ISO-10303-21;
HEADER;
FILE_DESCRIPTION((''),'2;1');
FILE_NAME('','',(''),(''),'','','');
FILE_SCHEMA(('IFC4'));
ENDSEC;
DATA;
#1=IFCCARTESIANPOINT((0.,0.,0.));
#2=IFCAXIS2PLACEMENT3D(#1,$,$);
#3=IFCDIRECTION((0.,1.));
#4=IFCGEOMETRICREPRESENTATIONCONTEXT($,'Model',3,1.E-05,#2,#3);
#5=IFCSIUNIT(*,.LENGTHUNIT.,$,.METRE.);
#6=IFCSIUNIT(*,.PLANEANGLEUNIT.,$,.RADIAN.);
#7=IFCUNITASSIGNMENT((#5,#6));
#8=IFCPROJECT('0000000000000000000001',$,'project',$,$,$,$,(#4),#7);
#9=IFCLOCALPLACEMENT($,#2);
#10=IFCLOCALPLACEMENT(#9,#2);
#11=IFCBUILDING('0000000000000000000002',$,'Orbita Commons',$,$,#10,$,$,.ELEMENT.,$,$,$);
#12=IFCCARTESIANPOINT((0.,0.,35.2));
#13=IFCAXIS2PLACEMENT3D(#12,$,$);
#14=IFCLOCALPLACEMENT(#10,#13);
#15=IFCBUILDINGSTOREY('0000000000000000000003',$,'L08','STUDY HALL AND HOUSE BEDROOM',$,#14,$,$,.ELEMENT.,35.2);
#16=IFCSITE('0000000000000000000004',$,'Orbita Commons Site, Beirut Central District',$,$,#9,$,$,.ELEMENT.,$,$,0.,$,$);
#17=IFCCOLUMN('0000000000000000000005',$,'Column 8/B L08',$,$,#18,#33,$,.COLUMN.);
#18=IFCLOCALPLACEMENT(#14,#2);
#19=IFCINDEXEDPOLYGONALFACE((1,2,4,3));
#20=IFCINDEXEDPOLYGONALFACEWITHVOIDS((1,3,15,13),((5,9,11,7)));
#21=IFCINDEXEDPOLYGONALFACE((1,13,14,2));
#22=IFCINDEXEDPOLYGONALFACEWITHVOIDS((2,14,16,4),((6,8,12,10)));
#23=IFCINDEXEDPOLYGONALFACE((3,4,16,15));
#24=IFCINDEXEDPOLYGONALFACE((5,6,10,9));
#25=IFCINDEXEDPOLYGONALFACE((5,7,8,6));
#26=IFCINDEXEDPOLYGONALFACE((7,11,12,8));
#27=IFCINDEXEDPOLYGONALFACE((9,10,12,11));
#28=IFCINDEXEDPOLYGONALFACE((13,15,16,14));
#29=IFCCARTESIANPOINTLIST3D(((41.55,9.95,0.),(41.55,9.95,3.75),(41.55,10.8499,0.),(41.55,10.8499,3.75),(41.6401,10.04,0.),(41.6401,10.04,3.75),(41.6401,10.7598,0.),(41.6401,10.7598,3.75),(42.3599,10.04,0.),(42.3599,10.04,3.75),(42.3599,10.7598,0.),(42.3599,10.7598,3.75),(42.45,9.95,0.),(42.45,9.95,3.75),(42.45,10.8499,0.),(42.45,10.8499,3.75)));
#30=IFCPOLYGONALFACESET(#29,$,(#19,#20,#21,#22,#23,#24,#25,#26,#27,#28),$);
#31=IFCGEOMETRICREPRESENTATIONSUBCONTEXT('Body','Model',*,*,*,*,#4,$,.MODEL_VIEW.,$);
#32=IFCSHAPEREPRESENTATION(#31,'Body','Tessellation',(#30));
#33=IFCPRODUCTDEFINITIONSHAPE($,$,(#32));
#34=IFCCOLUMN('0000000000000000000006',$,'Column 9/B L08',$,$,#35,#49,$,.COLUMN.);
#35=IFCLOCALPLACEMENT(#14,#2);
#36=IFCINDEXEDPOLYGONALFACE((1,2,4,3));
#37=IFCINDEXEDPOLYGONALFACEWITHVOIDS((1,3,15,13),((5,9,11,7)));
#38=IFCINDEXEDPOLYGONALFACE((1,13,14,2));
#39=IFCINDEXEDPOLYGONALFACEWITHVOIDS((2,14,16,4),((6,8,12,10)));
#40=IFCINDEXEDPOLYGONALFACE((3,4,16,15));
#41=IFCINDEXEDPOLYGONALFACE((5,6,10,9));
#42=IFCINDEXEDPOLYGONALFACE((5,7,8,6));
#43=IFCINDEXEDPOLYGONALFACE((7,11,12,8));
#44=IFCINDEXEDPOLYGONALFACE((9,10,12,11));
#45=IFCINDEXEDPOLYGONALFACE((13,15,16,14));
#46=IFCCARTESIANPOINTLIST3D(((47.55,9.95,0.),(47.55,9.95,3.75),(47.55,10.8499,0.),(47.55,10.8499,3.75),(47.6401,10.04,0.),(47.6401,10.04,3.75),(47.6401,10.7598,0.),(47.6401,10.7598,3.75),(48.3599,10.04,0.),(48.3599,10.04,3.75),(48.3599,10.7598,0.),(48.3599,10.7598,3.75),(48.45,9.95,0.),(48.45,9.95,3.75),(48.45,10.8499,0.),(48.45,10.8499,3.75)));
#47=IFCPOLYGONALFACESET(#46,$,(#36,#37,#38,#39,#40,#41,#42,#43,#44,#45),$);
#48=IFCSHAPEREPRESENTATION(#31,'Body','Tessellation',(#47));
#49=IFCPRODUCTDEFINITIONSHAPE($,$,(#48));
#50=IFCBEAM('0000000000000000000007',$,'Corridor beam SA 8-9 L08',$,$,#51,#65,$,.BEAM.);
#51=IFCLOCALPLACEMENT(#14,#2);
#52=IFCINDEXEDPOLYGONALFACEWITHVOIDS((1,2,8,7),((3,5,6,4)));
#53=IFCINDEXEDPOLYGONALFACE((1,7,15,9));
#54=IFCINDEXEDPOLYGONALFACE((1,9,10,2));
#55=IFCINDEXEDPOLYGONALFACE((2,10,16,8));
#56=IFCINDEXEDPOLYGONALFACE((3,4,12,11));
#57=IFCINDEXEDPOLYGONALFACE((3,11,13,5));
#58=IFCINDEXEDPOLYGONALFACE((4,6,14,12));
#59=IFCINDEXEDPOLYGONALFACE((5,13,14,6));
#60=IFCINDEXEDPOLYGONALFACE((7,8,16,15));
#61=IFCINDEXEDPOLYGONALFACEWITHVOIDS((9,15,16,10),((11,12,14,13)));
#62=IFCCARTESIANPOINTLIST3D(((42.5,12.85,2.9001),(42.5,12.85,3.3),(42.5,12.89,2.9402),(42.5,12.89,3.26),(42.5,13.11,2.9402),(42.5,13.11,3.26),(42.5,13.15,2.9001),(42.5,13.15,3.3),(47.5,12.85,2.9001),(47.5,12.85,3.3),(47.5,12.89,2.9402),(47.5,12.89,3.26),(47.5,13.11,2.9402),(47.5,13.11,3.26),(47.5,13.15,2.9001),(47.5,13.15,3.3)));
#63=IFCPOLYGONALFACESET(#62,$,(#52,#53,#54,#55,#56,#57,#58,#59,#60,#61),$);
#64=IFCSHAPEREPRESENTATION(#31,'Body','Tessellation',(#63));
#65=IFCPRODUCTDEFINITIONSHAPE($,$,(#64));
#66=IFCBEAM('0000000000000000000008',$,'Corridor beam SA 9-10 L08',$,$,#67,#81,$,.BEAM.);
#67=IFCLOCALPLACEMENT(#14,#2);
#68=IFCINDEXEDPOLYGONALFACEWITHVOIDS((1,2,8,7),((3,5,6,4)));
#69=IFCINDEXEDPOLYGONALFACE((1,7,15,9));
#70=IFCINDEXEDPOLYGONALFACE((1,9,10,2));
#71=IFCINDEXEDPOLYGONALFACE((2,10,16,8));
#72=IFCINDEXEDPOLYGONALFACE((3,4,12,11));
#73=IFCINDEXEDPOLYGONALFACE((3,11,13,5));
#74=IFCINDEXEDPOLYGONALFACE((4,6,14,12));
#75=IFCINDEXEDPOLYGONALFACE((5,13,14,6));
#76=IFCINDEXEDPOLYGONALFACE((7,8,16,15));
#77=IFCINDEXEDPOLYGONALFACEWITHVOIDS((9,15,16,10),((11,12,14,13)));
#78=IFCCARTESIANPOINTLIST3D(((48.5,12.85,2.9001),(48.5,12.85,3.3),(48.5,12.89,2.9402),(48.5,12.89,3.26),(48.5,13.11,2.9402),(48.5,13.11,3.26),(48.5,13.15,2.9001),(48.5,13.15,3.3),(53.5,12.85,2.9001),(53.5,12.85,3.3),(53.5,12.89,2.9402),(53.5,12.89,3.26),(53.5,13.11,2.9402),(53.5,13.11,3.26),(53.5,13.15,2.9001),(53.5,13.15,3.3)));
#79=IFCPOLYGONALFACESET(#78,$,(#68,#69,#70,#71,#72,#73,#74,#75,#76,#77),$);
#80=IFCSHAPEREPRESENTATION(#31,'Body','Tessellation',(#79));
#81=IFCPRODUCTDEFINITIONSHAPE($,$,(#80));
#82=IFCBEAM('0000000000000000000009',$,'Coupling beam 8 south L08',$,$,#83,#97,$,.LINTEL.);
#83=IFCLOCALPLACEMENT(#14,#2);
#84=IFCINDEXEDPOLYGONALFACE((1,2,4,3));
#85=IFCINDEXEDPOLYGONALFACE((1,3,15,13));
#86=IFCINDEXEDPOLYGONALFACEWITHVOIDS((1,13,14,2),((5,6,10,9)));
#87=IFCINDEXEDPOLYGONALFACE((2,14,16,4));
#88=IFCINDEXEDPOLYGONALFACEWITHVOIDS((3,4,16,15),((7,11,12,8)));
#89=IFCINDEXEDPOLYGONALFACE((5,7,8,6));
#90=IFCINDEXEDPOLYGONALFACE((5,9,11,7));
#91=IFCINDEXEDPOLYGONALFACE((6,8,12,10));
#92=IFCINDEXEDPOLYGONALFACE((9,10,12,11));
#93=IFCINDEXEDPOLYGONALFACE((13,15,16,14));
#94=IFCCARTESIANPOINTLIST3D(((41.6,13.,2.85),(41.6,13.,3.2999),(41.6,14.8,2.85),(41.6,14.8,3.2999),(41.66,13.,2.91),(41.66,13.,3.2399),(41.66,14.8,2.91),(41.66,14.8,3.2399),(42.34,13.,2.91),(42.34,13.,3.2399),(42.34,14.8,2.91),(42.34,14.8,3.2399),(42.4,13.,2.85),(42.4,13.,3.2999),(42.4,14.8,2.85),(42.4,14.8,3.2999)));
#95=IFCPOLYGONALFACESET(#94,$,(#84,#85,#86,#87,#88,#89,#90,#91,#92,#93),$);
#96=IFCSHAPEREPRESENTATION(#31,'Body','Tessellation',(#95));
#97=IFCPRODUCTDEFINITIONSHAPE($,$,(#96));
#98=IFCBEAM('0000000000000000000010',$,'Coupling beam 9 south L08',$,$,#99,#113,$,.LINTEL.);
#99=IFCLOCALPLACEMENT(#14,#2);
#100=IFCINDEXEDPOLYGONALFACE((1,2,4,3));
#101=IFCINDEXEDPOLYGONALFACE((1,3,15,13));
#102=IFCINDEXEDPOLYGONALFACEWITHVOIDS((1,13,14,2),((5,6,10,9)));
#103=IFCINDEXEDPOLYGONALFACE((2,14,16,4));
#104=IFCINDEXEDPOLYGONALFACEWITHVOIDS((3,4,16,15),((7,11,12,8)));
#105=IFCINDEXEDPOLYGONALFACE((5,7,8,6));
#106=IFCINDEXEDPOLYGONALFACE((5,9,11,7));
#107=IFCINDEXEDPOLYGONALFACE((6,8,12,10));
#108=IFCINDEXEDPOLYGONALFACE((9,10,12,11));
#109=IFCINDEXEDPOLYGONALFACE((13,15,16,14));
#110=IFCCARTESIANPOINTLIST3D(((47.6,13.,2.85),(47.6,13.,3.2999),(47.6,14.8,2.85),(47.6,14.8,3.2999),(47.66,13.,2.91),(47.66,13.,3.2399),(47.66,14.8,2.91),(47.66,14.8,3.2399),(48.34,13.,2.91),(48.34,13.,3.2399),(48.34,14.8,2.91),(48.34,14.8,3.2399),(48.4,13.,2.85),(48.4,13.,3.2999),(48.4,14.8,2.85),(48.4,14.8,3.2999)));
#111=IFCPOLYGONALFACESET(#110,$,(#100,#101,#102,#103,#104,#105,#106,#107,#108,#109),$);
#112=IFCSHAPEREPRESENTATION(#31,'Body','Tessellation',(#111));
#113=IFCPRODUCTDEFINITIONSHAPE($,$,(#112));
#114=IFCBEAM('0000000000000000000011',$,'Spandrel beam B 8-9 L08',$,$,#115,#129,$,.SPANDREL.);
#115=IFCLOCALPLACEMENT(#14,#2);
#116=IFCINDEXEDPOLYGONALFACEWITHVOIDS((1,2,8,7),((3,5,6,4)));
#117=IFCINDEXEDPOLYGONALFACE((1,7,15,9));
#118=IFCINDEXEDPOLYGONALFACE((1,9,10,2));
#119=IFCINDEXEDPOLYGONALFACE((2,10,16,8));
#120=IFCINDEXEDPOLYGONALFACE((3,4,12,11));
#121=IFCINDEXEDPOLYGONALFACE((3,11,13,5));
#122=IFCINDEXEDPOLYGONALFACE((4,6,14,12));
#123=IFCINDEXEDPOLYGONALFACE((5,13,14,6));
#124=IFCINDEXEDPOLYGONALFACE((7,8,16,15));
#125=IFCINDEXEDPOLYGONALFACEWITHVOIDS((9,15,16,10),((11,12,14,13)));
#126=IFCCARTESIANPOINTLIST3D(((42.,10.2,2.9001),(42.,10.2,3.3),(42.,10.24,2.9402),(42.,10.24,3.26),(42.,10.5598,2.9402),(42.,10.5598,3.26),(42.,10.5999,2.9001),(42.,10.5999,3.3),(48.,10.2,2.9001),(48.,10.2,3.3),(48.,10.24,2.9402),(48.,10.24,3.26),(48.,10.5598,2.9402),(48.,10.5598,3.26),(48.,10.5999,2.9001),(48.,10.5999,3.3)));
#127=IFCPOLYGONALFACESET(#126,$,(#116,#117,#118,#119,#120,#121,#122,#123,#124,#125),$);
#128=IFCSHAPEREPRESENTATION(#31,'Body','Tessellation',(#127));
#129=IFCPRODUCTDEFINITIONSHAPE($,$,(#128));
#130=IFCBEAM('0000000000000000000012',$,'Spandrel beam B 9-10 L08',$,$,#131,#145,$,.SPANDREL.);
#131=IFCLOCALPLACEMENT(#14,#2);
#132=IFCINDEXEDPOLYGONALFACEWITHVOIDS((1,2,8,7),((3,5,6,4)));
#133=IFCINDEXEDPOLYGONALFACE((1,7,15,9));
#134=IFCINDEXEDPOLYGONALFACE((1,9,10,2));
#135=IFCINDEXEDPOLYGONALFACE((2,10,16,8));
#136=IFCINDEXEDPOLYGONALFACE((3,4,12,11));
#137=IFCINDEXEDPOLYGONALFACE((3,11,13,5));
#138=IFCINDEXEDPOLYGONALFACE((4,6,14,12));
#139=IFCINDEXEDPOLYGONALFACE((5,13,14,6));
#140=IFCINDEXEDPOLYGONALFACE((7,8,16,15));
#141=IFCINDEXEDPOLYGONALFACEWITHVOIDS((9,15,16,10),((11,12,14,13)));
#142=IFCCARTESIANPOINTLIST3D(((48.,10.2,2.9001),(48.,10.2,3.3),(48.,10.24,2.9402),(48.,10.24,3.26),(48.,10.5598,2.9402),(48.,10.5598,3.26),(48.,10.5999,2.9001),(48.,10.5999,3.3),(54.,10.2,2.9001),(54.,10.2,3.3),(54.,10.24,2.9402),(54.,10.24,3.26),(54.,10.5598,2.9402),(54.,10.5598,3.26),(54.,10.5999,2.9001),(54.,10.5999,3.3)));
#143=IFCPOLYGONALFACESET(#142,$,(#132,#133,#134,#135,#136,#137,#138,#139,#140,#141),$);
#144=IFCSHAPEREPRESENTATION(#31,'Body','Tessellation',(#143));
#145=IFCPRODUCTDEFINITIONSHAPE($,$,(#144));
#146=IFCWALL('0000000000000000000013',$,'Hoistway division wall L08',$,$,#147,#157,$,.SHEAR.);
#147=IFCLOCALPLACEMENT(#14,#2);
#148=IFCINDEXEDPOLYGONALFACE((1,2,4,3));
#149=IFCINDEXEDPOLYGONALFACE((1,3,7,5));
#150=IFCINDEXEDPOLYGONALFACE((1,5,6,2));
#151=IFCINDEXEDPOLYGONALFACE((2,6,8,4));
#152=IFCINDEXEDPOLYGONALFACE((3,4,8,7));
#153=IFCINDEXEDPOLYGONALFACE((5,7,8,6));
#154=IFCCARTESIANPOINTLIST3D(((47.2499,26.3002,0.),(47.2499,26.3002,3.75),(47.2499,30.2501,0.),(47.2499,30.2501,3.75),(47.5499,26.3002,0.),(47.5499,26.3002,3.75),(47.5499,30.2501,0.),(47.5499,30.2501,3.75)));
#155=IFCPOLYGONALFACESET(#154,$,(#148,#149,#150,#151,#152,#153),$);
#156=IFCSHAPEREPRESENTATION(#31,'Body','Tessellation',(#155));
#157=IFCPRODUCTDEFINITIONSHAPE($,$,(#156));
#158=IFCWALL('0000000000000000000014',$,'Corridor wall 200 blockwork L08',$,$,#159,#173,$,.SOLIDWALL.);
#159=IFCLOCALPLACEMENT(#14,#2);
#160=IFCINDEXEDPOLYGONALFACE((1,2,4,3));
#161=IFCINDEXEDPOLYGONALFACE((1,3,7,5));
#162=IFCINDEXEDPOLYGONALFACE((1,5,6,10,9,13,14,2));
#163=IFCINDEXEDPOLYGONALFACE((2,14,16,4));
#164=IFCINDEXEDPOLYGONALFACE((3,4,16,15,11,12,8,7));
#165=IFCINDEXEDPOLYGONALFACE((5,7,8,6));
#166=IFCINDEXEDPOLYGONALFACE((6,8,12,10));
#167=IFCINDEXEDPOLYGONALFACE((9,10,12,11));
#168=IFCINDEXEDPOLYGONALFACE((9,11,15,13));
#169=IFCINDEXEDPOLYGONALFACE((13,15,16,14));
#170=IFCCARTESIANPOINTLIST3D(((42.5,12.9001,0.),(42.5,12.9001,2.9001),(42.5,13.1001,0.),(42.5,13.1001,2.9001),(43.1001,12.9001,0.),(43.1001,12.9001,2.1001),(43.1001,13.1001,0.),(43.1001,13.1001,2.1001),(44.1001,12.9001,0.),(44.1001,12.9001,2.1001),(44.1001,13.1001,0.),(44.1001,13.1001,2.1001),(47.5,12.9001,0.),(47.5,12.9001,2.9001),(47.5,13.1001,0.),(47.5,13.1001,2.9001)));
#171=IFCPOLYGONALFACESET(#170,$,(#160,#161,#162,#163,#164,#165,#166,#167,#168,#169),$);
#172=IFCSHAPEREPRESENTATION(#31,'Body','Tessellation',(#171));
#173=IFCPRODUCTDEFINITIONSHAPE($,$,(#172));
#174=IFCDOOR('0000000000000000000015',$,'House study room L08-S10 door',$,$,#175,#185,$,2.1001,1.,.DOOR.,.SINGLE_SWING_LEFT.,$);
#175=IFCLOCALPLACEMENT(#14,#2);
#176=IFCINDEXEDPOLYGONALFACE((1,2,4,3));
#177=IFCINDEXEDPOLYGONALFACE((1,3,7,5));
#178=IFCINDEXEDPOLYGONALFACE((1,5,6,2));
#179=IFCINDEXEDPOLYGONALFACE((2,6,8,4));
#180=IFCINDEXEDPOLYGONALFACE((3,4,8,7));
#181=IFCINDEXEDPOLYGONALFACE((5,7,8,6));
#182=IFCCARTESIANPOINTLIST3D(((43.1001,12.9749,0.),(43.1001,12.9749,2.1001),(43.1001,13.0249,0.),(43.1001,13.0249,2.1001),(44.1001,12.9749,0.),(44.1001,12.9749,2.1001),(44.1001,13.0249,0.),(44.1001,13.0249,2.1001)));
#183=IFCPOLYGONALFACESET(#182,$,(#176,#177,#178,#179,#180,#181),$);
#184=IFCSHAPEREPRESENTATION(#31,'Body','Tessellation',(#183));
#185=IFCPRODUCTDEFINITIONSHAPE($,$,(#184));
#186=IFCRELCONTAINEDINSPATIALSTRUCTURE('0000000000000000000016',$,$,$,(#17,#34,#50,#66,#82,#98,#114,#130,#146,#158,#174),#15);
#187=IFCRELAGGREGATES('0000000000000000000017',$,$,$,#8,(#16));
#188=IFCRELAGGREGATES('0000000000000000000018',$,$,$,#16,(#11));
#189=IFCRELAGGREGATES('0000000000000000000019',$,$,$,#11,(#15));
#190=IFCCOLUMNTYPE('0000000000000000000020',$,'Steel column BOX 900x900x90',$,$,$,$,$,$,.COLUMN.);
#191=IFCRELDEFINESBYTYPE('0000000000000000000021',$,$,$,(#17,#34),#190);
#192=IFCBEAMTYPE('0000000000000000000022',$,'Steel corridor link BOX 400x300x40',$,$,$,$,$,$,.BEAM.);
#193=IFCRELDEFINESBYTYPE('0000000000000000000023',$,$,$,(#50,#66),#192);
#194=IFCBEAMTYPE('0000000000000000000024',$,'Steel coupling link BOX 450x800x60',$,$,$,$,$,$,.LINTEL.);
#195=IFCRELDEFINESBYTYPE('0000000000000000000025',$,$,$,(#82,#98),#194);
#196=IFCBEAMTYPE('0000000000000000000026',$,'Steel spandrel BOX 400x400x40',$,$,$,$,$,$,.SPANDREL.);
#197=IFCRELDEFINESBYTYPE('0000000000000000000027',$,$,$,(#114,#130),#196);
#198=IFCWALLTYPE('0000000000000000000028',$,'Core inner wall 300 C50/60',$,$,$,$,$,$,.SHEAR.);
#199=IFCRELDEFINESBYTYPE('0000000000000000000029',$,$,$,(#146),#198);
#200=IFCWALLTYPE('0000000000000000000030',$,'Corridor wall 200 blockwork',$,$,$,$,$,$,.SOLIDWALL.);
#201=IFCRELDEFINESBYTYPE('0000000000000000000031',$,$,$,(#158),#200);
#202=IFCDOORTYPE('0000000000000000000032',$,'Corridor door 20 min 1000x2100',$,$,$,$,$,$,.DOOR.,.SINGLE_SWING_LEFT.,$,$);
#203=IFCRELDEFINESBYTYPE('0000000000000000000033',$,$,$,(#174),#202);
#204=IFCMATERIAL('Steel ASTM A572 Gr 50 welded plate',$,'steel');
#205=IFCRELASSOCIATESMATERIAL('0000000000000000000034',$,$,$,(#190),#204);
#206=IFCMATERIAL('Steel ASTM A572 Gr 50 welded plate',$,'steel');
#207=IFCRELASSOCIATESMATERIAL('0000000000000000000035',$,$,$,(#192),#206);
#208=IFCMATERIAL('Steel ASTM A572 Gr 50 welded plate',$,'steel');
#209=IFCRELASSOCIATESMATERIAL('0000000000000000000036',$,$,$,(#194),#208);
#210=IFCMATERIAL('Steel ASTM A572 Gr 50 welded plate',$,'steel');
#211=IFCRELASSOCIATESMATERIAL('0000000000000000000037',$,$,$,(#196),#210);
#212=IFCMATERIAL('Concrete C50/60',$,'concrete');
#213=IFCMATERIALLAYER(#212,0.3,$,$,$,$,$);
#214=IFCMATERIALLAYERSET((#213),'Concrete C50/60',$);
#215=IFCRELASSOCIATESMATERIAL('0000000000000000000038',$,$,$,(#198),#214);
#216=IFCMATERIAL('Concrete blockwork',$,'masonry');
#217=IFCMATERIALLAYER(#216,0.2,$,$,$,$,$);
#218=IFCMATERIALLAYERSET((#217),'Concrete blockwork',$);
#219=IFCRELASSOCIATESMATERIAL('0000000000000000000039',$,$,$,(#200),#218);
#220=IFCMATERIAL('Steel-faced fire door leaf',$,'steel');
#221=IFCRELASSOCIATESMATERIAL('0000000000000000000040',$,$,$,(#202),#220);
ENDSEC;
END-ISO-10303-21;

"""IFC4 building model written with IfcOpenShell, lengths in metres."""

from ifc_helpers import new_model, si_unit, direction, frame, frame_2d, origin, origin_2d, place, context, subcontext, project, spatial, polyline, rectangle, hollow_rectangle, outline, extrude, material, layer, layer_set, material_profile, profile_set, type_object, element, fill, save


model = new_model("IFC4")

# Units and contexts
model_context = context("Model", 3, precision=1e-05, world=origin(), true_north=direction((0.0, 1.0)))
body_context = subcontext(model_context, "Body", "Model", "MODEL_VIEW")
ifc_project = project(units=[si_unit("LENGTHUNIT", "METRE"), si_unit("PLANEANGLEUNIT", "RADIAN")], contexts=[model_context])

# Site, building, storey
site_placement = place(None, origin())
site = spatial("IfcSite", under=ifc_project, at=site_placement, Name="Orbita Commons Site, Beirut Central District", CompositionType="ELEMENT", RefElevation=0.0)
building_placement = place(site_placement, origin())
building = spatial("IfcBuilding", under=site, at=building_placement, Name="Orbita Commons", CompositionType="ELEMENT")
storey_placement = place(building_placement, frame((0.0, 0.0, 35.2)))
storey = spatial("IfcBuildingStorey", under=building, at=storey_placement, Name="L08", Description="STUDY HALL AND HOUSE BEDROOM", CompositionType="ELEMENT", Elevation=35.2)

# Columns
ifc_material_1 = material(Name="Steel ASTM A572 Gr 50 welded plate", Category="steel")
ifc_material_profile_1 = material_profile(ifc_material_1, hollow_rectangle(XDim=0.8999, YDim=0.8999, WallThickness=0.0901, at=origin_2d()), Name="BOX 900x900x90")
ifc_profile_set_1 = profile_set([ifc_material_profile_1], Name="Steel ASTM A572 Gr 50 welded plate")
column_type = type_object("IfcColumnType", Name="Steel column BOX 900x900x90", PredefinedType="COLUMN", material=ifc_profile_set_1)
for number, where, z_axis, x_axis, name in (
    (1, (42.0, 10.3999, 0.0), (0.0, 0.0, 1.0), (1.0, 0.0, 0.0), "Column 8/B L08"),
    (2, (48.0, 10.3999, 0.0), (0.0, 0.0, 1.0), (1.0, 0.0, 0.0), "Column 9/B L08"),
):
    element("IfcColumn", number, at=place(storey_placement, frame(where, z_axis=z_axis, x_axis=x_axis)), inside=storey, type_object=column_type, Name=name, PredefinedType="COLUMN", context=body_context, shape_type="SweptSolid", body=[
        extrude(hollow_rectangle(XDim=0.8999, YDim=0.8999, WallThickness=0.0901, at=origin_2d()), origin(), (0.0, 0.0, 1.0), 3.75),
    ])

# Beams
ifc_material_2 = material(Name="Steel ASTM A572 Gr 50 welded plate", Category="steel")
ifc_material_profile_2 = material_profile(ifc_material_2, hollow_rectangle(XDim=0.3, YDim=0.3999, WallThickness=0.04, at=origin_2d()), Name="BOX 400x300x40")
ifc_profile_set_2 = profile_set([ifc_material_profile_2], Name="Steel ASTM A572 Gr 50 welded plate")
beam_type_1 = type_object("IfcBeamType", Name="Steel corridor link BOX 400x300x40", PredefinedType="BEAM", material=ifc_profile_set_2)
for number, where, z_axis, x_axis, name in (
    (3, (42.5, 13.0, 3.1001), (1.0, 0.0, 0.0), (0.0, 1.0, 0.0), "Corridor beam SA 8-9 L08"),
    (4, (48.5, 13.0, 3.1001), (1.0, 0.0, 0.0), (0.0, 1.0, 0.0), "Corridor beam SA 9-10 L08"),
):
    element("IfcBeam", number, at=place(storey_placement, frame(where, z_axis=z_axis, x_axis=x_axis)), inside=storey, type_object=beam_type_1, Name=name, PredefinedType="BEAM", context=body_context, shape_type="SweptSolid", body=[
        extrude(hollow_rectangle(XDim=0.3, YDim=0.3999, WallThickness=0.04, at=origin_2d()), origin(), (0.0, 0.0, 1.0), 5.0),
    ])
ifc_material_3 = material(Name="Steel ASTM A572 Gr 50 welded plate", Category="steel")
ifc_material_profile_3 = material_profile(ifc_material_3, hollow_rectangle(XDim=0.8, YDim=0.45, WallThickness=0.0601, at=origin_2d()), Name="BOX 450x800x60")
ifc_profile_set_3 = profile_set([ifc_material_profile_3], Name="Steel ASTM A572 Gr 50 welded plate")
beam_type_2 = type_object("IfcBeamType", Name="Steel coupling link BOX 450x800x60", PredefinedType="LINTEL", material=ifc_profile_set_3)
for number, where, z_axis, x_axis, name in (
    (5, (42.0, 13.0, 3.075), (0.0, 1.0, 0.0), (-1.0, 0.0, 0.0), "Coupling beam 8 south L08"),
    (6, (48.0, 13.0, 3.075), (0.0, 1.0, 0.0), (-1.0, 0.0, 0.0), "Coupling beam 9 south L08"),
):
    element("IfcBeam", number, at=place(storey_placement, frame(where, z_axis=z_axis, x_axis=x_axis)), inside=storey, type_object=beam_type_2, Name=name, PredefinedType="LINTEL", context=body_context, shape_type="SweptSolid", body=[
        extrude(hollow_rectangle(XDim=0.8, YDim=0.45, WallThickness=0.0601, at=origin_2d()), origin(), (0.0, 0.0, 1.0), 1.8),
    ])
ifc_material_4 = material(Name="Steel ASTM A572 Gr 50 welded plate", Category="steel")
ifc_material_profile_4 = material_profile(ifc_material_4, hollow_rectangle(XDim=0.3999, YDim=0.3999, WallThickness=0.04, at=origin_2d()), Name="BOX 400x400x40")
ifc_profile_set_4 = profile_set([ifc_material_profile_4], Name="Steel ASTM A572 Gr 50 welded plate")
beam_type_3 = type_object("IfcBeamType", Name="Steel spandrel BOX 400x400x40", PredefinedType="SPANDREL", material=ifc_profile_set_4)
for number, where, z_axis, x_axis, name in (
    (7, (42.0, 10.3999, 3.1001), (1.0, 0.0, 0.0), (0.0, 1.0, 0.0), "Spandrel beam B 8-9 L08"),
    (8, (48.0, 10.3999, 3.1001), (1.0, 0.0, 0.0), (0.0, 1.0, 0.0), "Spandrel beam B 9-10 L08"),
):
    element("IfcBeam", number, at=place(storey_placement, frame(where, z_axis=z_axis, x_axis=x_axis)), inside=storey, type_object=beam_type_3, Name=name, PredefinedType="SPANDREL", context=body_context, shape_type="SweptSolid", body=[
        extrude(hollow_rectangle(XDim=0.3999, YDim=0.3999, WallThickness=0.04, at=origin_2d()), origin(), (0.0, 0.0, 1.0), 6.0),
    ])

# Wall
ifc_material_5 = material(Name="Concrete C50/60", Category="concrete")
ifc_layer_1 = layer(ifc_material_5, 0.3)
ifc_layer_set_1 = layer_set([ifc_layer_1], Name="Concrete C50/60")
wall_type_1 = type_object("IfcWallType", Name="Core inner wall 300 C50/60", PredefinedType="SHEAR", material=ifc_layer_set_1)
wall_1_placement = place(storey_placement, frame((47.3999, 26.3, 0.0), z_axis=(0.0, 0.0, 1.0), x_axis=(0.0, 1.0, 0.0)))
element("IfcWall", 9, at=wall_1_placement, inside=storey, type_object=wall_type_1, Name="Hoistway division wall L08", PredefinedType="SHEAR", context=body_context, shape_type="SweptSolid", body=[
    extrude(rectangle(XDim=3.95, YDim=0.3, at=frame_2d((1.9751, 0.0))), origin(), (0.0, 0.0, 1.0), 3.75),
])

# Wall, opening, door
ifc_material_6 = material(Name="Concrete blockwork", Category="masonry")
ifc_layer_2 = layer(ifc_material_6, 0.2)
ifc_layer_set_2 = layer_set([ifc_layer_2], Name="Concrete blockwork")
wall_type_2 = type_object("IfcWallType", Name="Corridor wall 200 blockwork", PredefinedType="SOLIDWALL", material=ifc_layer_set_2)
wall_2_placement = place(storey_placement, frame((42.5, 13.0, 0.0), z_axis=(0.0, 0.0, 1.0), x_axis=(1.0, 0.0, 0.0)))
wall_2 = element("IfcWall", 10, at=wall_2_placement, inside=storey, type_object=wall_type_2, Name="Corridor wall 200 blockwork L08", PredefinedType="SOLIDWALL", context=body_context, shape_type="SweptSolid", body=[
    extrude(outline(polyline([(0.0, 0.0), (5.0, 0.0), (5.0, 2.9001), (0.0, 2.9001), (0.0, 0.0)])), frame((0.0, 0.1001, 0.0), z_axis=(0.0, -1.0, 0.0), x_axis=(1.0, 0.0, 0.0)), (0.0, 0.0, 1.0), 0.2),
])
opening_1_placement = place(wall_2_placement, frame((0.6001, 0.0, 0.0)))
opening_1 = element("IfcOpeningElement", 11, at=opening_1_placement, cuts=wall_2, PredefinedType="OPENING", context=body_context, shape_type="SweptSolid", body=[
    extrude(rectangle(XDim=1.0, YDim=2.1001, at=frame_2d((0.5, 1.05))), frame((0.0, 0.1099, 0.0), z_axis=(0.0, -1.0, 0.0), x_axis=(1.0, 0.0, 0.0)), (0.0, 0.0, 1.0), 0.22),
])
ifc_material_7 = material(Name="Steel-faced fire door leaf", Category="steel")
door_type_1 = type_object("IfcDoorType", Name="Corridor door 20 min 1000x2100", OperationType="SINGLE_SWING_LEFT", PredefinedType="DOOR", material=ifc_material_7)
door_1_placement = place(opening_1_placement, origin())
door_1 = element("IfcDoor", 12, at=door_1_placement, inside=storey, type_object=door_type_1, Name="House study room L08-S10 door", OperationType="SINGLE_SWING_LEFT", OverallHeight=2.1001, OverallWidth=1.0, PredefinedType="DOOR", context=body_context, shape_type="SweptSolid", body=[
    extrude(rectangle(XDim=1.0, YDim=2.1001, at=frame_2d((0.5, 1.05))), frame((0.0, 0.0249, 0.0), z_axis=(0.0, -1.0, 0.0), x_axis=(1.0, 0.0, 0.0)), (0.0, 0.0, 1.0), 0.05),
])
fill(opening_1, door_1)

save(model, "model.ifc")
